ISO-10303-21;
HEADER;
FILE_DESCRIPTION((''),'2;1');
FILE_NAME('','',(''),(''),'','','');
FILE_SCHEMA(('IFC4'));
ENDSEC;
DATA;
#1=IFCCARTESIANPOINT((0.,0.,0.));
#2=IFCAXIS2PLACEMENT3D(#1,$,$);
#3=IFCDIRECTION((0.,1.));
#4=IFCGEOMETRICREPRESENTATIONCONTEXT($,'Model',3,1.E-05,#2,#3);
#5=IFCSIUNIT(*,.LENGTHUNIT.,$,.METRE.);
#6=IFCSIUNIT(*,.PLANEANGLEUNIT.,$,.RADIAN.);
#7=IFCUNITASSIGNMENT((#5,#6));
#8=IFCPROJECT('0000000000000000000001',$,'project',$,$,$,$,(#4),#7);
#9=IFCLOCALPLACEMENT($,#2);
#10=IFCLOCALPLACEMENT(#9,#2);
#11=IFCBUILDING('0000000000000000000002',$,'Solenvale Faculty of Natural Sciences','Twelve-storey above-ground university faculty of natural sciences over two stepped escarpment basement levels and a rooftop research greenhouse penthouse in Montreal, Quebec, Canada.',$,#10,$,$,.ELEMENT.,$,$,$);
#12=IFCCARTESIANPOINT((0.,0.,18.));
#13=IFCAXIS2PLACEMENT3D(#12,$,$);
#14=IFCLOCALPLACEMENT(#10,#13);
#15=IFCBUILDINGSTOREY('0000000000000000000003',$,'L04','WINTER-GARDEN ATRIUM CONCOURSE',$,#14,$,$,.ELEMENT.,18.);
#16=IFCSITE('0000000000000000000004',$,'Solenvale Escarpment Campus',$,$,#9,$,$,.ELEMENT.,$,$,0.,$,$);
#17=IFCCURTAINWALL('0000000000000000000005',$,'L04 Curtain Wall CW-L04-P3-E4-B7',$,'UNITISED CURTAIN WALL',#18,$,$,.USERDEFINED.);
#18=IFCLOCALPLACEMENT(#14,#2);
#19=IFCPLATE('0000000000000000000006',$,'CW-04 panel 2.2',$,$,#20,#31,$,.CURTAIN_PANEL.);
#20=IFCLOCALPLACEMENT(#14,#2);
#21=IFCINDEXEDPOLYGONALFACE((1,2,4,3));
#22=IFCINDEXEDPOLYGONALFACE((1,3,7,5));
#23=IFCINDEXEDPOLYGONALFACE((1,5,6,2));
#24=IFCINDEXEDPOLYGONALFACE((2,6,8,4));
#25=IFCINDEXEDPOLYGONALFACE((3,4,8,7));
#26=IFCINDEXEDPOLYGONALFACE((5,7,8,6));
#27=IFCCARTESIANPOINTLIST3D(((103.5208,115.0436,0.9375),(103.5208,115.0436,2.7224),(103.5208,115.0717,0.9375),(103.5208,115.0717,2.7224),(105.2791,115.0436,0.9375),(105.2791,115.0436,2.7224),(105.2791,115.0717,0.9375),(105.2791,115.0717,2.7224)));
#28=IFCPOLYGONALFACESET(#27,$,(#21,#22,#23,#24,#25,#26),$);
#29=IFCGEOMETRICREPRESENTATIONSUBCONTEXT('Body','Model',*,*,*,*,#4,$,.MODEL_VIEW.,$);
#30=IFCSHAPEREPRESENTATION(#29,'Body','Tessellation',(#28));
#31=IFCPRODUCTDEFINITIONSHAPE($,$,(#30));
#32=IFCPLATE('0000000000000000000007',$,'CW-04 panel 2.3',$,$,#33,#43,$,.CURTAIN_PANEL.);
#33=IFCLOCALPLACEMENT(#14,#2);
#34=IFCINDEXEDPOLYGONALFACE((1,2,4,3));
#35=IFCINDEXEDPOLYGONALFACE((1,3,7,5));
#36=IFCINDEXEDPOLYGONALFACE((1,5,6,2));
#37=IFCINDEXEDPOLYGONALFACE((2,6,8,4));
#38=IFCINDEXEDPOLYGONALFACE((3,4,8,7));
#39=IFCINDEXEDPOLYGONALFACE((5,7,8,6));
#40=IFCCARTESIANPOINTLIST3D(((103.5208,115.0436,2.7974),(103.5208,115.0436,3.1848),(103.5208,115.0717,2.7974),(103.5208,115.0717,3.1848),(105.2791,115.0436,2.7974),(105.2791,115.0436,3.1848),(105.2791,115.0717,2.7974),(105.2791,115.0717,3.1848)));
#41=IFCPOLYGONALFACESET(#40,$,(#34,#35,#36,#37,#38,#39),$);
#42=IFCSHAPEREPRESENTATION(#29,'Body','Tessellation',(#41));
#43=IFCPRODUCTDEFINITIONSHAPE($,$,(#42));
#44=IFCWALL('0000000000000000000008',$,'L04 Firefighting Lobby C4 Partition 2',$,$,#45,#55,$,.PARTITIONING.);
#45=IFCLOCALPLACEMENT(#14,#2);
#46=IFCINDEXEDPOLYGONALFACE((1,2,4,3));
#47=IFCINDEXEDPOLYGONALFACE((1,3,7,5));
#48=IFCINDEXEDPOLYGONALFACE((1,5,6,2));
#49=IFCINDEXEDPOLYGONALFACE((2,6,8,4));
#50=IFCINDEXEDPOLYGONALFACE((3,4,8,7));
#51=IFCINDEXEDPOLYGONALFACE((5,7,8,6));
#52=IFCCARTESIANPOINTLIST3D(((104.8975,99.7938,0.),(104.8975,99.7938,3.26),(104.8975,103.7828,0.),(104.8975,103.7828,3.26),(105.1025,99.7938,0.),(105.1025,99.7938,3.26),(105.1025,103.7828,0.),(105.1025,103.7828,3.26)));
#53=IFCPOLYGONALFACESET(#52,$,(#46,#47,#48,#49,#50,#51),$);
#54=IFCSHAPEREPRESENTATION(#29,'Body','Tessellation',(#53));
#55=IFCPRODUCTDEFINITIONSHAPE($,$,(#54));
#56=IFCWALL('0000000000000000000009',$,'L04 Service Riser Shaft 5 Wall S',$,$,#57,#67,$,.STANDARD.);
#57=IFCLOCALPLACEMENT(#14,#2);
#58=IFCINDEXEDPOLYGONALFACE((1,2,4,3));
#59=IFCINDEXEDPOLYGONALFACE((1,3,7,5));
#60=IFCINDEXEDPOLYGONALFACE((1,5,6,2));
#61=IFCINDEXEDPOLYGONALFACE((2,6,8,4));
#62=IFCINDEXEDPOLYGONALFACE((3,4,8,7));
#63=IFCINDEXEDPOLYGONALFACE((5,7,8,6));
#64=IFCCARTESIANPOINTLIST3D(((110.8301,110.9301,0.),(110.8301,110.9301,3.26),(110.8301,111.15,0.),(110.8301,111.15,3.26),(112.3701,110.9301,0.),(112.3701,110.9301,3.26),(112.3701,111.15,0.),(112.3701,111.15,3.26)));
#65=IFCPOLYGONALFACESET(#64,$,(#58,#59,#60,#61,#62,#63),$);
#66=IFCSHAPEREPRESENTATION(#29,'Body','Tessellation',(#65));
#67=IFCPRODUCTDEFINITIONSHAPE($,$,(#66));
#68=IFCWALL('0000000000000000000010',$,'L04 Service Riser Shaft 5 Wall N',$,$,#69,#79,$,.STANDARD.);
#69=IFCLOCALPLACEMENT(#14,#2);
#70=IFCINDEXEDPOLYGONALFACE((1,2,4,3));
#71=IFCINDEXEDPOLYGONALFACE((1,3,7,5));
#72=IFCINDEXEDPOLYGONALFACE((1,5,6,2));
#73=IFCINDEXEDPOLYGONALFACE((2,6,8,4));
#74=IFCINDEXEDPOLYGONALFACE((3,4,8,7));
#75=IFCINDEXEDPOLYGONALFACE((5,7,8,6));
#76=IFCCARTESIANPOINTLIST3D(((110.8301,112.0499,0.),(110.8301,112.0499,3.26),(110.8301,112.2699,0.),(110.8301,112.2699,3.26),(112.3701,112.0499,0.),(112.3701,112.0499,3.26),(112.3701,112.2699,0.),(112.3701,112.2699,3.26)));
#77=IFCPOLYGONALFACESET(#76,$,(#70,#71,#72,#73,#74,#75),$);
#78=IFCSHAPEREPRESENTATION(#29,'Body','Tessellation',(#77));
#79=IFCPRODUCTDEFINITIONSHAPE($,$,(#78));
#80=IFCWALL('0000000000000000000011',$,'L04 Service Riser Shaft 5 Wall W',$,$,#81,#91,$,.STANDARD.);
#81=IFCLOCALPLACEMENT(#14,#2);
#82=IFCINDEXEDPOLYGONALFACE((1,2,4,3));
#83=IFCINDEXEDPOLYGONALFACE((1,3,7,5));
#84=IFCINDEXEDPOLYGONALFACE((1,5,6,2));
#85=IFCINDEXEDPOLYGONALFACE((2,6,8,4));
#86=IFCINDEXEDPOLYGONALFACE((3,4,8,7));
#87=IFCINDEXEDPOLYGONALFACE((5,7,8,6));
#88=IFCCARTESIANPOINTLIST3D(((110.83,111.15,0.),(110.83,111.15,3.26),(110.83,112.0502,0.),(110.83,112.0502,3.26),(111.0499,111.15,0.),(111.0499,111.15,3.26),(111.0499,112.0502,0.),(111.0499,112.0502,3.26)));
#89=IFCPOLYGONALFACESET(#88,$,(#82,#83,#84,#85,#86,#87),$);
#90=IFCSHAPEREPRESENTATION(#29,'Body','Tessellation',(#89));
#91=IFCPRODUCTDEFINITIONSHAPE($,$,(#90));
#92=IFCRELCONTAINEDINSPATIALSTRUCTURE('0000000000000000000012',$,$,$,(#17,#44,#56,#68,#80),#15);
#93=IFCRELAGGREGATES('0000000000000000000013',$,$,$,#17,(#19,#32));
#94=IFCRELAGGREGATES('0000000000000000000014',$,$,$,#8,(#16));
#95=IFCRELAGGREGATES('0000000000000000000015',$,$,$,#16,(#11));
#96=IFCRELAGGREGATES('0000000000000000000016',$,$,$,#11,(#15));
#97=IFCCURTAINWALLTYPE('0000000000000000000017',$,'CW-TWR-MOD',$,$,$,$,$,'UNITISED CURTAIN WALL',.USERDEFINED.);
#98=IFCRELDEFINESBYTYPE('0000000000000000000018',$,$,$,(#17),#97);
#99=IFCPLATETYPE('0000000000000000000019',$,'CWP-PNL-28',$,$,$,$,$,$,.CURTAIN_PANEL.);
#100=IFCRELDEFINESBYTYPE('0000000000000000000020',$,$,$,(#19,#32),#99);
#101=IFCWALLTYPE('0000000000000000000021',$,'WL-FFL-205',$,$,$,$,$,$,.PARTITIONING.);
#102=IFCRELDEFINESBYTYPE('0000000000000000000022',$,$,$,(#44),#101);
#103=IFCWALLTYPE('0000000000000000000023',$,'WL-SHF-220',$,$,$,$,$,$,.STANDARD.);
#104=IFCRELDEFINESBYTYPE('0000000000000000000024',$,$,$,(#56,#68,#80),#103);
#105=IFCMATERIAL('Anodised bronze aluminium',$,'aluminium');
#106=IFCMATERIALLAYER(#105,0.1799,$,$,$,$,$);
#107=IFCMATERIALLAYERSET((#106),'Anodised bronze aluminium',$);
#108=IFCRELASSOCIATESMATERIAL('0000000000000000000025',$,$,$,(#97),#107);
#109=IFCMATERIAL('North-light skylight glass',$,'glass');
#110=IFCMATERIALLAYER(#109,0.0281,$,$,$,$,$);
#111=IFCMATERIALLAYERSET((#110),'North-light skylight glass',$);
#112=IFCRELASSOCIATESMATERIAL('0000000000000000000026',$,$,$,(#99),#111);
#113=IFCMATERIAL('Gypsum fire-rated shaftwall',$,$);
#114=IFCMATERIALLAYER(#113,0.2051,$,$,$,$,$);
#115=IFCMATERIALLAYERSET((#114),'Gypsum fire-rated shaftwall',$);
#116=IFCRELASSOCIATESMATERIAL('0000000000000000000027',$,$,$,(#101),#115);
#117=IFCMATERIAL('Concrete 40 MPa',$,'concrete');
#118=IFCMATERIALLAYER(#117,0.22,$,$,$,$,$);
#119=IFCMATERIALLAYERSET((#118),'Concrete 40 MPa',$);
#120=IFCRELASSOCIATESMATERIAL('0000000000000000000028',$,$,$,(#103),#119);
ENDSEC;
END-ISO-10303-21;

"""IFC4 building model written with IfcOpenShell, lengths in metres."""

from ifc_helpers import new_model, si_unit, direction, frame, frame_2d, origin, origin_2d, place, context, subcontext, project, spatial, rectangle, extrude, material, layer, layer_set, type_object, element, aggregate, save


model = new_model("IFC4")

# Units and contexts
model_context = context("Model", 3, precision=1e-05, world=origin(), true_north=direction((0.0, 1.0)))
body_context = subcontext(model_context, "Body", "Model", "MODEL_VIEW")
ifc_project = project(units=[si_unit("LENGTHUNIT", "METRE"), si_unit("PLANEANGLEUNIT", "RADIAN")], contexts=[model_context])

# Site, building, storey
site_placement = place(None, origin())
site = spatial("IfcSite", under=ifc_project, at=site_placement, Name="Solenvale Escarpment Campus", CompositionType="ELEMENT", RefElevation=0.0)
building_placement = place(site_placement, origin())
building = spatial("IfcBuilding", under=site, at=building_placement, Name="Solenvale Faculty of Natural Sciences", Description="Twelve-storey above-ground university faculty of natural sciences over two stepped escarpment basement levels and a rooftop research greenhouse penthouse in Montreal, Quebec, Canada.", CompositionType="ELEMENT")
storey_placement = place(building_placement, frame((0.0, 0.0, 18.0)))
storey = spatial("IfcBuildingStorey", under=building, at=storey_placement, Name="L04", Description="WINTER-GARDEN ATRIUM CONCOURSE", CompositionType="ELEMENT", Elevation=18.0)

# Shared definitions
ifc_material_1 = material(Name="Concrete 40 MPa", Category="concrete")

# Curtain wall, plates
ifc_material_2 = material(Name="Anodised bronze aluminium", Category="aluminium")
ifc_layer_1 = layer(ifc_material_2, 0.1799)
ifc_layer_set_1 = layer_set([ifc_layer_1], Name="Anodised bronze aluminium")
curtain_wall_type = type_object("IfcCurtainWallType", Name="CW-TWR-MOD", ElementType="UNITISED CURTAIN WALL", PredefinedType="USERDEFINED", material=ifc_layer_set_1)
curtain_wall_placement = place(storey_placement, origin())
curtain_wall = element("IfcCurtainWall", 1, at=curtain_wall_placement, inside=storey, type_object=curtain_wall_type, Name="L04 Curtain Wall CW-L04-P3-E4-B7", ObjectType="UNITISED CURTAIN WALL", PredefinedType="USERDEFINED")
ifc_material_3 = material(Name="North-light skylight glass", Category="glass")
ifc_layer_2 = layer(ifc_material_3, 0.0281)
ifc_layer_set_2 = layer_set([ifc_layer_2], Name="North-light skylight glass")
plate_type = type_object("IfcPlateType", Name="CWP-PNL-28", PredefinedType="CURTAIN_PANEL", material=ifc_layer_set_2)
plate_1_placement = place(storey_placement, frame((104.3999, 115.0576, 0.9375), z_axis=(0.0, 0.0, 1.0), x_axis=(-1.0, 0.0, 0.0)))
plate_1 = element("IfcPlate", 2, at=plate_1_placement, type_object=plate_type, Name="CW-04 panel 2.2", PredefinedType="CURTAIN_PANEL", context=body_context, shape_type="SweptSolid", body=[
    extrude(rectangle(XDim=1.7583, YDim=0.0281, at=origin_2d()), origin(), (0.0, 0.0, 1.0), 1.7849),
])
plate_2_placement = place(storey_placement, frame((104.3999, 115.0576, 2.7974), z_axis=(0.0, 0.0, 1.0), x_axis=(-1.0, 0.0, 0.0)))
plate_2 = element("IfcPlate", 3, at=plate_2_placement, type_object=plate_type, Name="CW-04 panel 2.3", PredefinedType="CURTAIN_PANEL", context=body_context, shape_type="SweptSolid", body=[
    extrude(rectangle(XDim=1.7583, YDim=0.0281, at=origin_2d()), origin(), (0.0, 0.0, 1.0), 0.3875),
])
aggregate(curtain_wall, [plate_1, plate_2])

# Walls
ifc_material_4 = material(Name="Gypsum fire-rated shaftwall")
ifc_layer_3 = layer(ifc_material_4, 0.2051)
ifc_layer_set_3 = layer_set([ifc_layer_3], Name="Gypsum fire-rated shaftwall")
wall_type_1 = type_object("IfcWallType", Name="WL-FFL-205", PredefinedType="PARTITIONING", material=ifc_layer_set_3)
wall_1_placement = place(storey_placement, frame((105.0, 103.783, 0.0), z_axis=(0.0, 0.0, 1.0), x_axis=(0.0, -1.0, 0.0)))
element("IfcWall", 4, at=wall_1_placement, inside=storey, type_object=wall_type_1, Name="L04 Firefighting Lobby C4 Partition 2", PredefinedType="PARTITIONING", context=body_context, shape_type="SweptSolid", body=[
    extrude(rectangle(XDim=3.989, YDim=0.2051, at=frame_2d((1.9946, 0.0))), origin(), (0.0, 0.0, 1.0), 3.26),
])
ifc_layer_4 = layer(ifc_material_1, 0.22)
ifc_layer_set_4 = layer_set([ifc_layer_4], Name="Concrete 40 MPa")
wall_type_2 = type_object("IfcWallType", Name="WL-SHF-220", PredefinedType="STANDARD", material=ifc_layer_set_4)
for number, where, z_axis, x_axis, name in (
    (5, (110.8301, 111.04, 0.0), (0.0, 0.0, 1.0), (1.0, 0.0, 0.0), "L04 Service Riser Shaft 5 Wall S"),
    (6, (110.8301, 112.1599, 0.0), (0.0, 0.0, 1.0), (1.0, 0.0, 0.0), "L04 Service Riser Shaft 5 Wall N"),
):
    element("IfcWall", number, at=place(storey_placement, frame(where, z_axis=z_axis, x_axis=x_axis)), inside=storey, type_object=wall_type_2, Name=name, PredefinedType="STANDARD", context=body_context, shape_type="SweptSolid", body=[
        extrude(rectangle(XDim=1.54, YDim=0.22, at=frame_2d((0.77, 0.0))), origin(), (0.0, 0.0, 1.0), 3.26),
    ])
wall_2_placement = place(storey_placement, frame((110.9399, 111.1499, 0.0), z_axis=(0.0, 0.0, 1.0), x_axis=(0.0, 1.0, 0.0)))
element("IfcWall", 7, at=wall_2_placement, inside=storey, type_object=wall_type_2, Name="L04 Service Riser Shaft 5 Wall W", PredefinedType="STANDARD", context=body_context, shape_type="SweptSolid", body=[
    extrude(rectangle(XDim=0.9001, YDim=0.22, at=frame_2d((0.4502, 0.0))), origin(), (0.0, 0.0, 1.0), 3.26),
])

save(model, "model.ifc")
